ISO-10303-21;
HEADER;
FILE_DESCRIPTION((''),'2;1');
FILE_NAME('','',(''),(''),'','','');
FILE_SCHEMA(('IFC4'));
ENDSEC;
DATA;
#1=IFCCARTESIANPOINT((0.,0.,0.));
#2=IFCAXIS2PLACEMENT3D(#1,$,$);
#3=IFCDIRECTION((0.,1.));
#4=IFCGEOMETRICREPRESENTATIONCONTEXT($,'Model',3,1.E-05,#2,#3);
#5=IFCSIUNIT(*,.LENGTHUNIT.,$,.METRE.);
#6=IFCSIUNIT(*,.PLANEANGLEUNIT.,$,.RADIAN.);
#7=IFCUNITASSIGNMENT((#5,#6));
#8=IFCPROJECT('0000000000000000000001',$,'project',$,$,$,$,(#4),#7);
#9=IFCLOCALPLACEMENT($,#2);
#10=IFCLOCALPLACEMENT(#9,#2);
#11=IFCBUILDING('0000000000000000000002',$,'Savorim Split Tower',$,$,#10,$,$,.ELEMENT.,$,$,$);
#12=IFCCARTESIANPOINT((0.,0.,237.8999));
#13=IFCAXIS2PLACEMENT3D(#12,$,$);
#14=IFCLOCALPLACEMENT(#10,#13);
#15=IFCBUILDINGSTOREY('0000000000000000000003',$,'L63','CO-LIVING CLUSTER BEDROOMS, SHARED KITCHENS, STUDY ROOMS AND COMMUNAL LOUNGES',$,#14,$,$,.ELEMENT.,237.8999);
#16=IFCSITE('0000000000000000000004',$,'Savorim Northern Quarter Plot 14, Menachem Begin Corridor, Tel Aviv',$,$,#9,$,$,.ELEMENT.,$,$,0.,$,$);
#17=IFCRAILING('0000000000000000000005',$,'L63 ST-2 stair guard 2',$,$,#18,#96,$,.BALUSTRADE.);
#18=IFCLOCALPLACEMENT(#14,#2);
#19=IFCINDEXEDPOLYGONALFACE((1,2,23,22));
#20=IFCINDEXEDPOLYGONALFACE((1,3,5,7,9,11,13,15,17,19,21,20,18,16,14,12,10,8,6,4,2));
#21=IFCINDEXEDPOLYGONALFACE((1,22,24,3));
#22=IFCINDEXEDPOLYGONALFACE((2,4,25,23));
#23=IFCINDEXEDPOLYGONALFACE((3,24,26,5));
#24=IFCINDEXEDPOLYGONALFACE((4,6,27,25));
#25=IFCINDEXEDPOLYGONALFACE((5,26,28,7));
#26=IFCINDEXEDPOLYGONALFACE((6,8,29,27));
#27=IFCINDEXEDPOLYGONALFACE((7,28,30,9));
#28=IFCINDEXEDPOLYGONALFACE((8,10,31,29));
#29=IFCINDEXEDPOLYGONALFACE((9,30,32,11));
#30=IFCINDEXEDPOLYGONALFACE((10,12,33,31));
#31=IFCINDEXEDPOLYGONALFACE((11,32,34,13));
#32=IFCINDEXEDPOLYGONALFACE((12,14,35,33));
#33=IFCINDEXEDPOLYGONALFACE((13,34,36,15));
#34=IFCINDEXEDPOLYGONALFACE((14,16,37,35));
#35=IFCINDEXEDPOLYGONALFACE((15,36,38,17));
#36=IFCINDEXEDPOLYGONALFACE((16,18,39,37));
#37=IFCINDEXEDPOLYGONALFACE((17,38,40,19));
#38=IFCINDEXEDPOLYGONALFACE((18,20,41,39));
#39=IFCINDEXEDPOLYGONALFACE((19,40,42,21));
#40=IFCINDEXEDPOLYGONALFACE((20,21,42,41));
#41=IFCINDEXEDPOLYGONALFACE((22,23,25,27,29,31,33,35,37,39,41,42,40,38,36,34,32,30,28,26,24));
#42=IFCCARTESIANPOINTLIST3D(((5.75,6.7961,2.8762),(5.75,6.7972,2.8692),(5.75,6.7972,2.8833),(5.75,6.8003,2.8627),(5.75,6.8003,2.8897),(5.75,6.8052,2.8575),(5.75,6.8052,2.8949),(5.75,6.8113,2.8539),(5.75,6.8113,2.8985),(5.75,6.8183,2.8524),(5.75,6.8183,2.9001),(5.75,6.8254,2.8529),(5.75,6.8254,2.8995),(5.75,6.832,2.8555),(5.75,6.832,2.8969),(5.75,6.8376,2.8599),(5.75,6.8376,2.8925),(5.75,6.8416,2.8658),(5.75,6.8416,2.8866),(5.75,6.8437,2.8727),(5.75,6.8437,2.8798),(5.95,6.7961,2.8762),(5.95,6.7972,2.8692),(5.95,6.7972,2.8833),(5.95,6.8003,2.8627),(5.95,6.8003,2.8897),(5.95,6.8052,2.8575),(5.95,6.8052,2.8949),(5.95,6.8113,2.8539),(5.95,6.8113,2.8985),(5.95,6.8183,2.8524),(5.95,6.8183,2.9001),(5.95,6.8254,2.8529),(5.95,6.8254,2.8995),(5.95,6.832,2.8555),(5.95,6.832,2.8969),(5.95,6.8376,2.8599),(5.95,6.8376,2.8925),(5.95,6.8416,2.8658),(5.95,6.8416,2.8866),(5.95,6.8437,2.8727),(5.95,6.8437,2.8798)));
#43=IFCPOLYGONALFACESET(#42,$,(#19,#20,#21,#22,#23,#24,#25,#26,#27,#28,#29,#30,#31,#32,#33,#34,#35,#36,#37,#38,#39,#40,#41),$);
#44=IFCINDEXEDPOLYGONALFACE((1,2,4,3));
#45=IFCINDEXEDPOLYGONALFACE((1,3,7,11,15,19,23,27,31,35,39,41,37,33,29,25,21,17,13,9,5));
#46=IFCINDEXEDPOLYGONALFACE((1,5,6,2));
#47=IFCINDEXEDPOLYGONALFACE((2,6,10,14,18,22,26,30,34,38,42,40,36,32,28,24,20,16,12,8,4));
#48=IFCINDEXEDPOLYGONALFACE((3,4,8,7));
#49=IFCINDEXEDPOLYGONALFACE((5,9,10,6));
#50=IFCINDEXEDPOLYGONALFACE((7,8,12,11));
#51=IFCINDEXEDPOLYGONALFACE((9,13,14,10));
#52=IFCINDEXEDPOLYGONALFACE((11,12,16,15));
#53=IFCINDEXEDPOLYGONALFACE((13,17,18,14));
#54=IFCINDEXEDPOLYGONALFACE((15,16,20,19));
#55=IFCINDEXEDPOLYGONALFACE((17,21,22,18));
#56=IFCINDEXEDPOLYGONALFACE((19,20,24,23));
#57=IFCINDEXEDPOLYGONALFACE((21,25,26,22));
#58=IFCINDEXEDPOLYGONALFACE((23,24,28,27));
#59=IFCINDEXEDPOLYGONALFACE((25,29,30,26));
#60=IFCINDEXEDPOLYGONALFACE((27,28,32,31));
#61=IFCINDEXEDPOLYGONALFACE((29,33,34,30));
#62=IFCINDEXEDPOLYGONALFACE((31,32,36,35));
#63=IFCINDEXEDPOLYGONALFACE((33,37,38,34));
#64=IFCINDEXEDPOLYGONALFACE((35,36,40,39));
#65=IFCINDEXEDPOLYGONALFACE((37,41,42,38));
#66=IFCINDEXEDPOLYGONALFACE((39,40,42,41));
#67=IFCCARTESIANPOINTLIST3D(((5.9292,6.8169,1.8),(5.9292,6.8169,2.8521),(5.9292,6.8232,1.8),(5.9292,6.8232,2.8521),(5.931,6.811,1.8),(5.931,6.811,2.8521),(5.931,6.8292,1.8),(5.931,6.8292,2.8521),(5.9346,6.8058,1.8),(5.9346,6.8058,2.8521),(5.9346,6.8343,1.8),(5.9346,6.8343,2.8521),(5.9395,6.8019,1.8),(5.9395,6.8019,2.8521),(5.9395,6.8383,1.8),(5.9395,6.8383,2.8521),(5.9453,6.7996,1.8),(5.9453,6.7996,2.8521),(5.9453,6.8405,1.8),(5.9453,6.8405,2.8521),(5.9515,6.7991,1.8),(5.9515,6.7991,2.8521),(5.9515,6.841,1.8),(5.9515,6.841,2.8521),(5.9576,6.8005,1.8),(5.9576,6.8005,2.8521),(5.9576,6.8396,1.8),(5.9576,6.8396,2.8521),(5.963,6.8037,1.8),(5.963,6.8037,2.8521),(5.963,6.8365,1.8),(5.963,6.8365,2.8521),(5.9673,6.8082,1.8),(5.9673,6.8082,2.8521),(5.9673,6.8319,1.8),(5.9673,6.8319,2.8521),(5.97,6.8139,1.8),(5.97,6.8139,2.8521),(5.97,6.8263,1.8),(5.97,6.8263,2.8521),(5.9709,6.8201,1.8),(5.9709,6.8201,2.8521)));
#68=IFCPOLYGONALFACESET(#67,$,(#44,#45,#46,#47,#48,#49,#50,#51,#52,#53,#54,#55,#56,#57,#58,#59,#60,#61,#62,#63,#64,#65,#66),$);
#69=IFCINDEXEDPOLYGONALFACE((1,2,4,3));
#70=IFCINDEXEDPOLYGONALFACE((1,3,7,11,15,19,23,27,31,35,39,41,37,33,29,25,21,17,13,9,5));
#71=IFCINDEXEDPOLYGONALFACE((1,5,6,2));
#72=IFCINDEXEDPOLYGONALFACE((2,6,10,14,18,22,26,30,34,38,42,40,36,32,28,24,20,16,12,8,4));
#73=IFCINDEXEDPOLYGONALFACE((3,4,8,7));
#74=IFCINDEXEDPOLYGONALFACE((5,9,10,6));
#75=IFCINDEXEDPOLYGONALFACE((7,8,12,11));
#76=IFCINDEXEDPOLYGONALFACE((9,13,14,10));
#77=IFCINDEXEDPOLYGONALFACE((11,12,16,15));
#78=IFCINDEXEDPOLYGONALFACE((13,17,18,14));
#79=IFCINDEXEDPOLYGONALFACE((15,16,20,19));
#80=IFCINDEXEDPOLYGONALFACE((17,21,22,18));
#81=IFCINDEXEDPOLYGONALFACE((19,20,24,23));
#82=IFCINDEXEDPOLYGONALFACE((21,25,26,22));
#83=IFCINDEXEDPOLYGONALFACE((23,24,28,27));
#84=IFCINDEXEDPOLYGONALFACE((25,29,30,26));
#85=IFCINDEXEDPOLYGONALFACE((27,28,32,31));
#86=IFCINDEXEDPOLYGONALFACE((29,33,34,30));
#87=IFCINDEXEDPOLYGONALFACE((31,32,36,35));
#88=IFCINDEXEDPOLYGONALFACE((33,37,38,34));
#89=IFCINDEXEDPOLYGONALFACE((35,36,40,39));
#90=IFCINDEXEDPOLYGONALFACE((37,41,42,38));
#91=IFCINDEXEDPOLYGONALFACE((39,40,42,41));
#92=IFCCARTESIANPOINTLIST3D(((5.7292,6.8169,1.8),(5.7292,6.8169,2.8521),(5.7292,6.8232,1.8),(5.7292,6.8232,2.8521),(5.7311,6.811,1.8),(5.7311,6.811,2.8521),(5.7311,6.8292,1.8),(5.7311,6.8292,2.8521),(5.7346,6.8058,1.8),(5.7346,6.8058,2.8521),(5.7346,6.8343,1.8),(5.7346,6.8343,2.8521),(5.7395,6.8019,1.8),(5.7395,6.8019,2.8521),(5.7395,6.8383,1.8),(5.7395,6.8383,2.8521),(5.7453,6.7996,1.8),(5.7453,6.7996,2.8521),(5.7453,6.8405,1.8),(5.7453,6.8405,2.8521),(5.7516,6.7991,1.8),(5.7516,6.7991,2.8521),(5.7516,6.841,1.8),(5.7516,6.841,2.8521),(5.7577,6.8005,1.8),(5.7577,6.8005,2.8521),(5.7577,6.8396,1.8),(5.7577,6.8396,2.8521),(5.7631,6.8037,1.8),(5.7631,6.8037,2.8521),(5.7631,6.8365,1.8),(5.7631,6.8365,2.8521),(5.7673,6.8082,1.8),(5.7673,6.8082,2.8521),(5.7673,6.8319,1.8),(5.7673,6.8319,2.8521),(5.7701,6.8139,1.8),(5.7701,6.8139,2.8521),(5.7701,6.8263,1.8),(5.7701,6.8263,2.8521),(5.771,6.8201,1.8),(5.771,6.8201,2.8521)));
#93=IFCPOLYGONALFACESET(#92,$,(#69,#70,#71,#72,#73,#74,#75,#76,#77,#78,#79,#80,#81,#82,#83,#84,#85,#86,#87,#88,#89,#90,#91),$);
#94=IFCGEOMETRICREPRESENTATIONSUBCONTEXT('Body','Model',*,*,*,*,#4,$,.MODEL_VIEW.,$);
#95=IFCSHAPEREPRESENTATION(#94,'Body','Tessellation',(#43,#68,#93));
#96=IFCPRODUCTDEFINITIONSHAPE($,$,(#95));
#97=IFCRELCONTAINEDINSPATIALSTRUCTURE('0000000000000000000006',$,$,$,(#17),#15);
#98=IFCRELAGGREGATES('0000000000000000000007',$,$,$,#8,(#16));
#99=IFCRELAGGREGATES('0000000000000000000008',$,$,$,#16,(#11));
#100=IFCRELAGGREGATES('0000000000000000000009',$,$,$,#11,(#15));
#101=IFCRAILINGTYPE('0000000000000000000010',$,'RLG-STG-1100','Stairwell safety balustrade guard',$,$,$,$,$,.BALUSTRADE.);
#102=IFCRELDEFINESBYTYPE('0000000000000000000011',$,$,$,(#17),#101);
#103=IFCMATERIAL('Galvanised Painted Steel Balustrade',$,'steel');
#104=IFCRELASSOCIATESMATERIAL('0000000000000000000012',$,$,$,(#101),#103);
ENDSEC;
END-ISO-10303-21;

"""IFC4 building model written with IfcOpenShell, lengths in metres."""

from ifc_helpers import new_model, si_unit, direction, frame, origin, origin_2d, place, context, subcontext, project, spatial, circle, extrude, material, type_object, element, save


model = new_model("IFC4")

# Units and contexts
model_context = context("Model", 3, precision=1e-05, world=origin(), true_north=direction((0.0, 1.0)))
body_context = subcontext(model_context, "Body", "Model", "MODEL_VIEW")
ifc_project = project(units=[si_unit("LENGTHUNIT", "METRE"), si_unit("PLANEANGLEUNIT", "RADIAN")], contexts=[model_context])

# Site, building, storey
site_placement = place(None, origin())
site = spatial("IfcSite", under=ifc_project, at=site_placement, Name="Savorim Northern Quarter Plot 14, Menachem Begin Corridor, Tel Aviv", CompositionType="ELEMENT", RefElevation=0.0)
building_placement = place(site_placement, origin())
building = spatial("IfcBuilding", under=site, at=building_placement, Name="Savorim Split Tower", CompositionType="ELEMENT")
storey_placement = place(building_placement, frame((0.0, 0.0, 237.8999)))
storey = spatial("IfcBuildingStorey", under=building, at=storey_placement, Name="L63", Description="CO-LIVING CLUSTER BEDROOMS, SHARED KITCHENS, STUDY ROOMS AND COMMUNAL LOUNGES", CompositionType="ELEMENT", Elevation=237.8999)

# Railing
ifc_material_1 = material(Name="Galvanised Painted Steel Balustrade", Category="steel")
railing_type_1 = type_object("IfcRailingType", Name="RLG-STG-1100", Description="Stairwell safety balustrade guard", PredefinedType="BALUSTRADE", material=ifc_material_1)
railing_1_placement = place(storey_placement, frame((5.95, 6.8201, 1.8)))
element("IfcRailing", 1, at=railing_1_placement, inside=storey, type_object=railing_type_1, Name="L63 ST-2 stair guard 2", PredefinedType="BALUSTRADE", context=body_context, shape_type="SweptSolid", body=[
    extrude(circle(Radius=0.0239, at=origin_2d()), frame((0.0, 0.0, 1.0762), z_axis=(-1.0, 0.0, 0.0), x_axis=(0.0, -1.0, 0.0)), (0.0, 0.0, 1.0), 0.2),
    extrude(circle(Radius=0.021, at=origin_2d()), origin(), (0.0, 0.0, 1.0), 1.052),
    extrude(circle(Radius=0.021, at=origin_2d()), frame((-0.2, 0.0, 0.0)), (0.0, 0.0, 1.0), 1.052),
])

save(model, "model.ifc")
